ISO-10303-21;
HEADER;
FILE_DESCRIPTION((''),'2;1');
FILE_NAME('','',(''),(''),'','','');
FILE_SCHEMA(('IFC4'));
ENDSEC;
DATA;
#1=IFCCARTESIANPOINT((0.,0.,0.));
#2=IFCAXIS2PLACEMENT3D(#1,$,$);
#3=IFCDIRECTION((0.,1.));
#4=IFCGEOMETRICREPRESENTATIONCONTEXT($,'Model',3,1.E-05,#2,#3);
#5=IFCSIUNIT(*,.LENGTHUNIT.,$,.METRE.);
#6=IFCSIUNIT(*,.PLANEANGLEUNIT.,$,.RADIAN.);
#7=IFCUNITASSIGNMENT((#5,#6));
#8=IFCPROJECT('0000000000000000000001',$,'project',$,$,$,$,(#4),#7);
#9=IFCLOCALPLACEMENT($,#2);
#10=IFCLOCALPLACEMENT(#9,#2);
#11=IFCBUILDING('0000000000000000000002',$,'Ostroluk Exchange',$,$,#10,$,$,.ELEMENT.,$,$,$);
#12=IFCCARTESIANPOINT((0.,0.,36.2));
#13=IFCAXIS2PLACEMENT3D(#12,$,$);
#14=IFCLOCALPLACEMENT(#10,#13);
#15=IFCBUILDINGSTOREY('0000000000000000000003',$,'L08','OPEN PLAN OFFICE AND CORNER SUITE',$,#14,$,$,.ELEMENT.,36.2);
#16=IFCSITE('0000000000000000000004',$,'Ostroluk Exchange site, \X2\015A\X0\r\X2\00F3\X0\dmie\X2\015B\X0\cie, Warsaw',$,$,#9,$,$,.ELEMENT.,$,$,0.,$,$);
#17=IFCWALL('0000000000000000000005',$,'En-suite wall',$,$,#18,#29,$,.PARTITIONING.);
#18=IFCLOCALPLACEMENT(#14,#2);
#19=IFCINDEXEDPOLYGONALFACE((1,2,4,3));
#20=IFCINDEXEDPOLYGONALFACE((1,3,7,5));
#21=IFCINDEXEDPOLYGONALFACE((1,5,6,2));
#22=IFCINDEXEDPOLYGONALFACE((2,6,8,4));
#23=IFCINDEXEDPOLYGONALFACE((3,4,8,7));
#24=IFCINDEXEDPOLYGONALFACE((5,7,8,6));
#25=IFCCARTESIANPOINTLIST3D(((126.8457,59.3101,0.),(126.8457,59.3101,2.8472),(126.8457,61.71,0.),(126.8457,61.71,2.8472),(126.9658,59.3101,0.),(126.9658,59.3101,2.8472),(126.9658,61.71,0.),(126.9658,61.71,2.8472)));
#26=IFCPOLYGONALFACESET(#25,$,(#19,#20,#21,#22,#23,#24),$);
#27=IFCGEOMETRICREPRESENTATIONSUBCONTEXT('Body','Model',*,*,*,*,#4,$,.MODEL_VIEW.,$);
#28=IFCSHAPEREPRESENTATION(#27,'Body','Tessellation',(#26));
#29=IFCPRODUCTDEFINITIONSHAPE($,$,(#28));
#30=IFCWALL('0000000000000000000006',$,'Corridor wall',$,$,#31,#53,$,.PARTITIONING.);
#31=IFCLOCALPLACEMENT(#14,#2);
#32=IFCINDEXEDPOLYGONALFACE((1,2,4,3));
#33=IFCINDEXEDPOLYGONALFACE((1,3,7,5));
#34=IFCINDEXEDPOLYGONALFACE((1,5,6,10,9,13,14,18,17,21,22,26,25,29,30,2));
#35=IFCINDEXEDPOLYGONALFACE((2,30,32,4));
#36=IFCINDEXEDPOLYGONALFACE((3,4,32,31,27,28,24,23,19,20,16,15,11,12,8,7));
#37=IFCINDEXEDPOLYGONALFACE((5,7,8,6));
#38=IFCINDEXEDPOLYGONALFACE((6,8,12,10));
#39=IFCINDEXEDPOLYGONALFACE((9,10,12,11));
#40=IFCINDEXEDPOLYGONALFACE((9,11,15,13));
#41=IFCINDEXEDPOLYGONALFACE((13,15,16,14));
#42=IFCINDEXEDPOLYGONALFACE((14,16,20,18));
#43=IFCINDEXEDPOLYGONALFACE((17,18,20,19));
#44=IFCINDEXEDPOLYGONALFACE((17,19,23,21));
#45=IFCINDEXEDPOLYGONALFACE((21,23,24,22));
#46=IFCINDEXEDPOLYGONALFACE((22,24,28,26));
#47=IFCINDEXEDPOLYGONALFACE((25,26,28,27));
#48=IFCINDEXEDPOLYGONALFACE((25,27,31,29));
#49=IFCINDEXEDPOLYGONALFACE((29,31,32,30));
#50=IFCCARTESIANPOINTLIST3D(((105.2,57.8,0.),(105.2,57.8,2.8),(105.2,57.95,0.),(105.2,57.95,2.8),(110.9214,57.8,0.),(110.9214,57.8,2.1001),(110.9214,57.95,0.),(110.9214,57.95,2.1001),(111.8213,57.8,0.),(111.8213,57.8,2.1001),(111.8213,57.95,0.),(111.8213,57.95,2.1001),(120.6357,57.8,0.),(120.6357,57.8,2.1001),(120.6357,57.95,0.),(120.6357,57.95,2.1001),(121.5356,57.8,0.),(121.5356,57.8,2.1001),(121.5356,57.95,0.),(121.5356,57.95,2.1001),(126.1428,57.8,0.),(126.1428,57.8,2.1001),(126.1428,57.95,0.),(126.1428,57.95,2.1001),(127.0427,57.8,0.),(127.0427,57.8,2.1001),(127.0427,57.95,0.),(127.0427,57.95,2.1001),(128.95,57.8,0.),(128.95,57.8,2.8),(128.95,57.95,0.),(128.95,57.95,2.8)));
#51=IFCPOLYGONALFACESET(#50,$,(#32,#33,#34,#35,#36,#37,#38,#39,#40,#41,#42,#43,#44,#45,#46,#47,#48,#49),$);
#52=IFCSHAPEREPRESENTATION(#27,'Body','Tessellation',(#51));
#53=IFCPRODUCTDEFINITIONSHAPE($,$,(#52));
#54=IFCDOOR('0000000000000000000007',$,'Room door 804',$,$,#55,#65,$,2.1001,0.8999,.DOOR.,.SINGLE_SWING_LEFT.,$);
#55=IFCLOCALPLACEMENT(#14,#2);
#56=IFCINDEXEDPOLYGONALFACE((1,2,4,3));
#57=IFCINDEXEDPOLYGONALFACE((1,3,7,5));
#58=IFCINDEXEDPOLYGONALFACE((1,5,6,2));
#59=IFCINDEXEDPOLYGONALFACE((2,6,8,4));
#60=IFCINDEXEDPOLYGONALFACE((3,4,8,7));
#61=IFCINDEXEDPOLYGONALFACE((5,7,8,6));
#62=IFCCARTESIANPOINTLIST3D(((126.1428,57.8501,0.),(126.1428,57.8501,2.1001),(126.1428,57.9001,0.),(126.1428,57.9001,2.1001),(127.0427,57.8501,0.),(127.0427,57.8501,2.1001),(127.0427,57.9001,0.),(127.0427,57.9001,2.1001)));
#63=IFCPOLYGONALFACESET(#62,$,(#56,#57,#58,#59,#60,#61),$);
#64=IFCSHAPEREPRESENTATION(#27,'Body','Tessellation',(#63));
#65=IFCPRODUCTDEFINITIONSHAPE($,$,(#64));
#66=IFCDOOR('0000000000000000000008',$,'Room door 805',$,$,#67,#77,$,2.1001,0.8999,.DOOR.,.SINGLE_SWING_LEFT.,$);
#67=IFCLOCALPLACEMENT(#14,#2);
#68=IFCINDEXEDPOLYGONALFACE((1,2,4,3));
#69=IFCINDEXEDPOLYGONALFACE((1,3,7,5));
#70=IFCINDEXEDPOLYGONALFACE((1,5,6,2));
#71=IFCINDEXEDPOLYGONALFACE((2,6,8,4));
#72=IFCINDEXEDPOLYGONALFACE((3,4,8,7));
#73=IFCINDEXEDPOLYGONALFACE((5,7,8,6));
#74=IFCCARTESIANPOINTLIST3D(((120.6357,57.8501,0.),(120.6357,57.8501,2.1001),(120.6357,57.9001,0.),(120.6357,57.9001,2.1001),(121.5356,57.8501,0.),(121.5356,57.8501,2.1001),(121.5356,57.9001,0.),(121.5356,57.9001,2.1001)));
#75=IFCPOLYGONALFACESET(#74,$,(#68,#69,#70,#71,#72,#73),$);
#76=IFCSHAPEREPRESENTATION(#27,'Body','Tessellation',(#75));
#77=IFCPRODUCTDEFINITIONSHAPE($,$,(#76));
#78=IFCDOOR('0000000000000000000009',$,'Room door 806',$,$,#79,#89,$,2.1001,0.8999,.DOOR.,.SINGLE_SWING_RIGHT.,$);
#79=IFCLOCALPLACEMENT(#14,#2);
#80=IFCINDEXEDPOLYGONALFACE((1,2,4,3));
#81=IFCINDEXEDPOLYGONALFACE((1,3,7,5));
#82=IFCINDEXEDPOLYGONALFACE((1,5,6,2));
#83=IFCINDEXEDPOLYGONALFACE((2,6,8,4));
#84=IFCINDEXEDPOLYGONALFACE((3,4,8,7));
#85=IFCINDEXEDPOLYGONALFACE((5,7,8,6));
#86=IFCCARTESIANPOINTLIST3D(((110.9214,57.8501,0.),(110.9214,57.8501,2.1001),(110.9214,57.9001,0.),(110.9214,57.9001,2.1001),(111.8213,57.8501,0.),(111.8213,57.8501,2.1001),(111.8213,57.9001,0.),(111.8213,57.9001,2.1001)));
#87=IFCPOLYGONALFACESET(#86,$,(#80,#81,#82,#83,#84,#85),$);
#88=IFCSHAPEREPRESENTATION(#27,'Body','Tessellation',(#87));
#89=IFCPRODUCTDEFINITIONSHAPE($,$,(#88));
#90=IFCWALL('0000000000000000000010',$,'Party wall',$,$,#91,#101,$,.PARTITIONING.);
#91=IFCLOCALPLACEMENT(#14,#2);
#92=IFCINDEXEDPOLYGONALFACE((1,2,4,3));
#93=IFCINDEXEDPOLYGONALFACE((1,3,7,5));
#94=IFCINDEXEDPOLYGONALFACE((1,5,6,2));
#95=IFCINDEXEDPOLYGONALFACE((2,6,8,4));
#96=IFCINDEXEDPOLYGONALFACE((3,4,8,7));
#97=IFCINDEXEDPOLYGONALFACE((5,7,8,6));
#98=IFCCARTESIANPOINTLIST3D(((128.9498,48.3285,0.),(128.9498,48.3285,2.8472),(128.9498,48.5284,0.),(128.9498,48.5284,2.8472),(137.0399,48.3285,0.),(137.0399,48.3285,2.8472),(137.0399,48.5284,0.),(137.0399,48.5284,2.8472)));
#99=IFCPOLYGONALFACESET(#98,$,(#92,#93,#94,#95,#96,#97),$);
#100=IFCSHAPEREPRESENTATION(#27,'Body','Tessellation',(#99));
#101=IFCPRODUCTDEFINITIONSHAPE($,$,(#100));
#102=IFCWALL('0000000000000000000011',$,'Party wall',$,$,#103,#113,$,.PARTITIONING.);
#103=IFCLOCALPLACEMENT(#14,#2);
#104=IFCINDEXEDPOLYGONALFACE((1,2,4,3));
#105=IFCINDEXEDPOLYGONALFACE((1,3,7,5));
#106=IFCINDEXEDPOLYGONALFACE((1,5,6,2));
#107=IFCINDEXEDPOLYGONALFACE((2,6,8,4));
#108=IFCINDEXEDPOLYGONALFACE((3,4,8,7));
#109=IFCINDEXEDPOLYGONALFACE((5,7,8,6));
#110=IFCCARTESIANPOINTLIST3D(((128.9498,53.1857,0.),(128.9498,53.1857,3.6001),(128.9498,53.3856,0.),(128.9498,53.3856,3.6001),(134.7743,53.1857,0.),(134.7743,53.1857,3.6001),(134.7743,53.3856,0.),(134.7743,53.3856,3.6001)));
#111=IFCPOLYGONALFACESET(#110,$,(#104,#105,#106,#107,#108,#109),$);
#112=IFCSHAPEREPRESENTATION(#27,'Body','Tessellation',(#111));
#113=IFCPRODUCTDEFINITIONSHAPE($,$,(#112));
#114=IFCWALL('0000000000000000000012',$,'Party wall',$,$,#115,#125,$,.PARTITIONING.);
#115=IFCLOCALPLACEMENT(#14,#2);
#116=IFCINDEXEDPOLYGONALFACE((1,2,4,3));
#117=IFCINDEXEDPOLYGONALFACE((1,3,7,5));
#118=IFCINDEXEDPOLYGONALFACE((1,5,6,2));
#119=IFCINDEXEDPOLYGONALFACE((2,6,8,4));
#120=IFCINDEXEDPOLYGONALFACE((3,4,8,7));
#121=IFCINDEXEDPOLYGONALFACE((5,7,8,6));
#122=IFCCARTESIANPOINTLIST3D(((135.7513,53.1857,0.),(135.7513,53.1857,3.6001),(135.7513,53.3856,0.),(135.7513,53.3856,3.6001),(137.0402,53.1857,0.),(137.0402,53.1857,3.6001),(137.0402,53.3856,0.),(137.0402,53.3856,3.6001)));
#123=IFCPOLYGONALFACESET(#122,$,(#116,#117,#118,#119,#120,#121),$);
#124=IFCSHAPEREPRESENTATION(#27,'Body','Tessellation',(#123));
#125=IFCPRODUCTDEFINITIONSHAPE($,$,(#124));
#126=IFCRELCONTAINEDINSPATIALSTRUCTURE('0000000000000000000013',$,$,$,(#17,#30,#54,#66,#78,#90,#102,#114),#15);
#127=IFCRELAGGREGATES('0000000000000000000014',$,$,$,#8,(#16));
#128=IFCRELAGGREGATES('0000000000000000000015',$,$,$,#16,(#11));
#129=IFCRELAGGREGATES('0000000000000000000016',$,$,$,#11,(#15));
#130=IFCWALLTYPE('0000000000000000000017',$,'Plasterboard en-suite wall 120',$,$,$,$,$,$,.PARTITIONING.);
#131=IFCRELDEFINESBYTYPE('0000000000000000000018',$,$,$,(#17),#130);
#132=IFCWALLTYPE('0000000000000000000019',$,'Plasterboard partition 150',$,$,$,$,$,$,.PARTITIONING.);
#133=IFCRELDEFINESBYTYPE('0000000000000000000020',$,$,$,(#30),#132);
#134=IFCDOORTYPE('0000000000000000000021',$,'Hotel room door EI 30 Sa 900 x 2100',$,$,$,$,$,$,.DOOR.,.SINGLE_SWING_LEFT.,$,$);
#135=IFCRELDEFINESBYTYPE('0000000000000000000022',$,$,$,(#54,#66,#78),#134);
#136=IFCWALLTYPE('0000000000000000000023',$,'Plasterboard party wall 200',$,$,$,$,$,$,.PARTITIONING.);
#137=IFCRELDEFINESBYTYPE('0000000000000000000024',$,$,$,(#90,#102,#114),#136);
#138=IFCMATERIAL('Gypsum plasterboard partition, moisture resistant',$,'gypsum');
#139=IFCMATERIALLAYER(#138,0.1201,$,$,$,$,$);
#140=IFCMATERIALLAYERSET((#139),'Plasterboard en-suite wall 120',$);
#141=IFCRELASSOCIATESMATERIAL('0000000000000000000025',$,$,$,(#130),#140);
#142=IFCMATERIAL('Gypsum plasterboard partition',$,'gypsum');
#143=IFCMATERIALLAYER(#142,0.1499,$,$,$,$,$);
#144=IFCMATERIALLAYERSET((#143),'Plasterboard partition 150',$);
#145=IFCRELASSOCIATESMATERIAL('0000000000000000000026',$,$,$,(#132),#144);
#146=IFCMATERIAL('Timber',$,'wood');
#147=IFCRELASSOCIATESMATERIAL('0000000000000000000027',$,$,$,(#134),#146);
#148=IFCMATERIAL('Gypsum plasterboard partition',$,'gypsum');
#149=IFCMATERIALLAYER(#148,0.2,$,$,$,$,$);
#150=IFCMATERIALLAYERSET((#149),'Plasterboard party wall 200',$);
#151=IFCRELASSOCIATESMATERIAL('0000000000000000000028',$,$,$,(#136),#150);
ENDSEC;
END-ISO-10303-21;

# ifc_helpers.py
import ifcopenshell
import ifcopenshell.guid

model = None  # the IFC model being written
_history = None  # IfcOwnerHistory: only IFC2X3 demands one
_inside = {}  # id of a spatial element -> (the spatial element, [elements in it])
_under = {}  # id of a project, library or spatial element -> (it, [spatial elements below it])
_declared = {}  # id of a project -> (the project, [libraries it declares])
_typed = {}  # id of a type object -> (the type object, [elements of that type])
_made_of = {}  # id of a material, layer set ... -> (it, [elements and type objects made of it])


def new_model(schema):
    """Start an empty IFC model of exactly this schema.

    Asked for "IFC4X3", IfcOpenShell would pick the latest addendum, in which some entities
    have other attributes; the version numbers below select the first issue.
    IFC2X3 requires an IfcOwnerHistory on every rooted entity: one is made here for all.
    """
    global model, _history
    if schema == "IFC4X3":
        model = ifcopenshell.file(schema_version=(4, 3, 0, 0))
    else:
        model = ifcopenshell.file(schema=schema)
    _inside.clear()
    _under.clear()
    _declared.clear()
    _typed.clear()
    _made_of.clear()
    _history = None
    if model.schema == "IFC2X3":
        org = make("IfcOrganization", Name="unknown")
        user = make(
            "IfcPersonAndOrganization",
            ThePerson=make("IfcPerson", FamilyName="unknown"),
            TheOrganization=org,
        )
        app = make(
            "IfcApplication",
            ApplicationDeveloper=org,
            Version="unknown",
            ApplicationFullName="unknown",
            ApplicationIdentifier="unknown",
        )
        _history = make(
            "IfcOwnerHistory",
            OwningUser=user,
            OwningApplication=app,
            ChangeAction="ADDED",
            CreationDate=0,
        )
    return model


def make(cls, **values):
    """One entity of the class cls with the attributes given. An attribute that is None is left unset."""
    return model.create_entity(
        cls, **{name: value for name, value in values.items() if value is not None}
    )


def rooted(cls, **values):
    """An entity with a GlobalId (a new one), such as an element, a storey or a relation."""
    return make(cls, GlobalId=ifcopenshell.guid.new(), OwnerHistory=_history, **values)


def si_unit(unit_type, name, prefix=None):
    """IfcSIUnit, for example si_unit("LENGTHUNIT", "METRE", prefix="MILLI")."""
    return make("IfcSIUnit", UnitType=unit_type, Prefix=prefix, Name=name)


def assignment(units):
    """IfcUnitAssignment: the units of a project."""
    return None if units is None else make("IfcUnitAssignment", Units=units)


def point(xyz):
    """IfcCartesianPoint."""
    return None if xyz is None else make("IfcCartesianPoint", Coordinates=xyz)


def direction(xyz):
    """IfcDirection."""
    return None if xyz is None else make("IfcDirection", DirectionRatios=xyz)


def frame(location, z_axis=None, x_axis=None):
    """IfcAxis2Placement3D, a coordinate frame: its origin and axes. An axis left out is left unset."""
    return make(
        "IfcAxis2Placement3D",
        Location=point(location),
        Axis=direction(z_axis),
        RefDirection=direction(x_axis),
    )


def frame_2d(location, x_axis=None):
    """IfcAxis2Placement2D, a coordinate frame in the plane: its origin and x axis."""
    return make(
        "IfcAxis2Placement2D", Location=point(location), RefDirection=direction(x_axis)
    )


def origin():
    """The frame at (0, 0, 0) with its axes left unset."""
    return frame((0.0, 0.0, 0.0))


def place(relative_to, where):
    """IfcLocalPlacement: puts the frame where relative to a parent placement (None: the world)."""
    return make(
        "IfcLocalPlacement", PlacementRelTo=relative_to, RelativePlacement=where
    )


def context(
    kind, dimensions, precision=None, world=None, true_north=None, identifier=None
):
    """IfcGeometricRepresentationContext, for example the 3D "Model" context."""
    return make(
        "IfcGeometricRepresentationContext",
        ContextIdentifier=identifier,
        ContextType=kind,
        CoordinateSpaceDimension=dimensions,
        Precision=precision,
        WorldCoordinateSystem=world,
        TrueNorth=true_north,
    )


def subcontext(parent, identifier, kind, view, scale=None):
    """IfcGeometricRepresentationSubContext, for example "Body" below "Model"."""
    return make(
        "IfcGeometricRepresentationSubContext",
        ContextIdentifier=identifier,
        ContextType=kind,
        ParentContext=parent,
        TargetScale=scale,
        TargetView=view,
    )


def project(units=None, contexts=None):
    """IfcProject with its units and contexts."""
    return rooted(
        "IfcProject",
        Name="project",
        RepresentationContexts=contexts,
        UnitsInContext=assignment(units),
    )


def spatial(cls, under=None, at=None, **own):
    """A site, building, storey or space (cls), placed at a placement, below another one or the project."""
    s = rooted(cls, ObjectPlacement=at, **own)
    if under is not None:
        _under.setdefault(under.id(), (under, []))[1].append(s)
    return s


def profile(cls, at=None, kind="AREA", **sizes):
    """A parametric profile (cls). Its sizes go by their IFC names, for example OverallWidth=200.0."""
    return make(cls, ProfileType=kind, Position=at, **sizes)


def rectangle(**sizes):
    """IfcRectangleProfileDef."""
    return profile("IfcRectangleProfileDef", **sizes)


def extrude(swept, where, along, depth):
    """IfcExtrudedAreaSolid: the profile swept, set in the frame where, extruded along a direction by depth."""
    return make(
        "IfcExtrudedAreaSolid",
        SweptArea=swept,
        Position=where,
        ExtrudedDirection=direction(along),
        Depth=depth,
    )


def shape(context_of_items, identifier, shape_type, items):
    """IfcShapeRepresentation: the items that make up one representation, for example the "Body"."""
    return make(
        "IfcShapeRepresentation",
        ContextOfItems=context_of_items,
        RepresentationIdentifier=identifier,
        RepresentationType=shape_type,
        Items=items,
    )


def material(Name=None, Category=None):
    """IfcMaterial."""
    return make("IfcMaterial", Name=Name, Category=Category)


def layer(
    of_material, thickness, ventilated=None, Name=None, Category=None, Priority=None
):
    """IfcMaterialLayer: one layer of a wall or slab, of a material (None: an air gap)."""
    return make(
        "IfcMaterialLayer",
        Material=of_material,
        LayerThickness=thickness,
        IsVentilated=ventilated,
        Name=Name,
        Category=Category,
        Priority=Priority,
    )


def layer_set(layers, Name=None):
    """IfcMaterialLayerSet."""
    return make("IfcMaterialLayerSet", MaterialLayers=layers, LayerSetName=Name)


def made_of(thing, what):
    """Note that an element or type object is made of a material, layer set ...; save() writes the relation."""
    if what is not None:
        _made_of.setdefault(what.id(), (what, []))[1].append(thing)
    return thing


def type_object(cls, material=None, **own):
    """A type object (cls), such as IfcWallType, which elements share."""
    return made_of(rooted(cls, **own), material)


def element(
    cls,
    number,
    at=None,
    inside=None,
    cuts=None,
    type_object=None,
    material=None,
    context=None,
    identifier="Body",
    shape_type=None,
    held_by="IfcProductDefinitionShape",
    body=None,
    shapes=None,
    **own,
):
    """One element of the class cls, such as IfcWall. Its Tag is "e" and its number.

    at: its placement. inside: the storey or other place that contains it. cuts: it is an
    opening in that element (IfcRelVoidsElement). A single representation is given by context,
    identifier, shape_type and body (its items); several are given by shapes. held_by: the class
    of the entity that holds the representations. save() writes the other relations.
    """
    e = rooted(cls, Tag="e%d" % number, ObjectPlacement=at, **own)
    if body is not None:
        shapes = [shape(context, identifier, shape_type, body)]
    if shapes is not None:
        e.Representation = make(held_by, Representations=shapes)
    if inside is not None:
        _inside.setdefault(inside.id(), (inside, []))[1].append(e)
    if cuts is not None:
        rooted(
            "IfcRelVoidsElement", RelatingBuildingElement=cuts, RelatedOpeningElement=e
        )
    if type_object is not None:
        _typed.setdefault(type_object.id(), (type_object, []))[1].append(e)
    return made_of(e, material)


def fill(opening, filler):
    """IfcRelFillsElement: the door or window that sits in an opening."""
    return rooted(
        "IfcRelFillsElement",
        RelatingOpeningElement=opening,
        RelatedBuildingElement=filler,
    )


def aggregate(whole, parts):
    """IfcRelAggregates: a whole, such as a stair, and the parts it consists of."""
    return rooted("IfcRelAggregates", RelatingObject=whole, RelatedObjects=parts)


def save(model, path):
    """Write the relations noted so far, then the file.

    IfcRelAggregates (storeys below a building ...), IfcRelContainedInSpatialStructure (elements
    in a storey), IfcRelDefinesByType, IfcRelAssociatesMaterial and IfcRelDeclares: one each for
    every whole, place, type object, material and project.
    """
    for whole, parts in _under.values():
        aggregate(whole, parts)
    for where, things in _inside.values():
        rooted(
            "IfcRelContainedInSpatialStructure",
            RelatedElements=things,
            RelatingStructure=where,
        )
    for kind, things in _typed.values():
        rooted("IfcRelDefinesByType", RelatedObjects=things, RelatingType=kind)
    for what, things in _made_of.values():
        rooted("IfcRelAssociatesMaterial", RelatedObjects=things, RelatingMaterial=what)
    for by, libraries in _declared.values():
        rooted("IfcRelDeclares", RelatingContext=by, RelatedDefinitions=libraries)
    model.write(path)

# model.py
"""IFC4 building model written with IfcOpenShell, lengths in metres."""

from ifc_helpers import new_model, si_unit, direction, frame, frame_2d, origin, place, context, subcontext, project, spatial, rectangle, extrude, material, layer, layer_set, type_object, element, fill, save


model = new_model("IFC4")

# Units and contexts
model_context = context("Model", 3, precision=1e-05, world=origin(), true_north=direction((0.0, 1.0)))
body_context = subcontext(model_context, "Body", "Model", "MODEL_VIEW")
ifc_project = project(units=[si_unit("LENGTHUNIT", "METRE"), si_unit("PLANEANGLEUNIT", "RADIAN")], contexts=[model_context])

# Site, building, storey
site_placement = place(None, origin())
site = spatial("IfcSite", under=ifc_project, at=site_placement, Name="Ostroluk Exchange site, Śródmieście, Warsaw", CompositionType="ELEMENT", RefElevation=0.0)
building_placement = place(site_placement, origin())
building = spatial("IfcBuilding", under=site, at=building_placement, Name="Ostroluk Exchange", CompositionType="ELEMENT")
storey_placement = place(building_placement, frame((0.0, 0.0, 36.2)))
storey = spatial("IfcBuildingStorey", under=building, at=storey_placement, Name="L08", Description="OPEN PLAN OFFICE AND CORNER SUITE", CompositionType="ELEMENT", Elevation=36.2)

# Shared definitions
ifc_material_1 = material(Name="Gypsum plasterboard partition, moisture resistant", Category="gypsum")
ifc_layer_1 = layer(ifc_material_1, 0.1201)
ifc_layer_set_1 = layer_set([ifc_layer_1], Name="Plasterboard en-suite wall 120")
wall_type_1 = type_object("IfcWallType", Name="Plasterboard en-suite wall 120", PredefinedType="PARTITIONING", material=ifc_layer_set_1)

# Wall
wall_1_placement = place(storey_placement, frame((126.9058, 59.3101, 0.0), z_axis=(0.0, 0.0, 1.0), x_axis=(0.0, 1.0, 0.0)))
element("IfcWall", 1, at=wall_1_placement, inside=storey, type_object=wall_type_1, Name="En-suite wall", PredefinedType="PARTITIONING", context=body_context, shape_type="SweptSolid", body=[
    extrude(rectangle(XDim=2.3999, YDim=0.1201, at=frame_2d((1.2, 0.0))), origin(), (0.0, 0.0, 1.0), 2.8472),
])

# Wall, openings, doors
ifc_material_2 = material(Name="Gypsum plasterboard partition", Category="gypsum")
ifc_layer_2 = layer(ifc_material_2, 0.1499)
ifc_layer_set_2 = layer_set([ifc_layer_2], Name="Plasterboard partition 150")
wall_type_2 = type_object("IfcWallType", Name="Plasterboard partition 150", PredefinedType="PARTITIONING", material=ifc_layer_set_2)
wall_2_placement = place(storey_placement, frame((128.95, 57.875, 0.0), z_axis=(0.0, 0.0, 1.0), x_axis=(-1.0, 0.0, 0.0)))
wall_2 = element("IfcWall", 2, at=wall_2_placement, inside=storey, type_object=wall_type_2, Name="Corridor wall", PredefinedType="PARTITIONING", context=body_context, shape_type="SweptSolid", body=[
    extrude(rectangle(XDim=23.75, YDim=0.1499, at=frame_2d((11.875, 0.0))), origin(), (0.0, 0.0, 1.0), 2.8),
])
opening_1_placement = place(wall_2_placement, frame((1.9072, 0.0, 0.0)))
opening_1 = element("IfcOpeningElement", 3, at=opening_1_placement, cuts=wall_2, PredefinedType="OPENING", context=body_context, shape_type="SweptSolid", body=[
    extrude(rectangle(XDim=0.8999, YDim=2.1001, at=frame_2d((0.45, 1.05))), frame((0.0, 0.085, 0.0), z_axis=(0.0, -1.0, 0.0), x_axis=(1.0, 0.0, 0.0)), (0.0, 0.0, 1.0), 0.1699),
])
opening_2_placement = place(wall_2_placement, frame((7.4143, 0.0, 0.0)))
opening_2 = element("IfcOpeningElement", 4, at=opening_2_placement, cuts=wall_2, PredefinedType="OPENING", context=body_context, shape_type="SweptSolid", body=[
    extrude(rectangle(XDim=0.8999, YDim=2.1001, at=frame_2d((0.45, 1.05))), frame((0.0, 0.085, 0.0), z_axis=(0.0, -1.0, 0.0), x_axis=(1.0, 0.0, 0.0)), (0.0, 0.0, 1.0), 0.1699),
])
opening_3_placement = place(wall_2_placement, frame((17.1287, 0.0, 0.0)))
opening_3 = element("IfcOpeningElement", 5, at=opening_3_placement, cuts=wall_2, PredefinedType="OPENING", context=body_context, shape_type="SweptSolid", body=[
    extrude(rectangle(XDim=0.8999, YDim=2.1001, at=frame_2d((0.45, 1.05))), frame((0.0, 0.085, 0.0), z_axis=(0.0, -1.0, 0.0), x_axis=(1.0, 0.0, 0.0)), (0.0, 0.0, 1.0), 0.1699),
])
ifc_material_3 = material(Name="Timber", Category="wood")
door_type_1 = type_object("IfcDoorType", Name="Hotel room door EI 30 Sa 900 x 2100", OperationType="SINGLE_SWING_LEFT", PredefinedType="DOOR", material=ifc_material_3)
door_1_placement = place(opening_1_placement, origin())
door_1 = element("IfcDoor", 6, at=door_1_placement, inside=storey, type_object=door_type_1, Name="Room door 804", OperationType="SINGLE_SWING_LEFT", OverallHeight=2.1001, OverallWidth=0.8999, PredefinedType="DOOR", context=body_context, shape_type="SweptSolid", body=[
    extrude(rectangle(XDim=0.8999, YDim=2.1001, at=frame_2d((0.45, 1.05))), frame((0.0, 0.0249, 0.0), z_axis=(0.0, -1.0, 0.0), x_axis=(1.0, 0.0, 0.0)), (0.0, 0.0, 1.0), 0.05),
])
fill(opening_1, door_1)
door_2_placement = place(opening_2_placement, origin())
door_2 = element("IfcDoor", 7, at=door_2_placement, inside=storey, type_object=door_type_1, Name="Room door 805", OperationType="SINGLE_SWING_LEFT", OverallHeight=2.1001, OverallWidth=0.8999, PredefinedType="DOOR", context=body_context, shape_type="SweptSolid", body=[
    extrude(rectangle(XDim=0.8999, YDim=2.1001, at=frame_2d((0.45, 1.05))), frame((0.0, 0.0249, 0.0), z_axis=(0.0, -1.0, 0.0), x_axis=(1.0, 0.0, 0.0)), (0.0, 0.0, 1.0), 0.05),
])
fill(opening_2, door_2)
door_3_placement = place(opening_3_placement, origin())
door_3 = element("IfcDoor", 8, at=door_3_placement, inside=storey, type_object=door_type_1, Name="Room door 806", OperationType="SINGLE_SWING_RIGHT", OverallHeight=2.1001, OverallWidth=0.8999, PredefinedType="DOOR", context=body_context, shape_type="SweptSolid", body=[
    extrude(rectangle(XDim=0.8999, YDim=2.1001, at=frame_2d((0.45, 1.05))), frame((0.0, 0.0249, 0.0), z_axis=(0.0, -1.0, 0.0), x_axis=(1.0, 0.0, 0.0)), (0.0, 0.0, 1.0), 0.05),
])
fill(opening_3, door_3)

# Walls
ifc_material_4 = material(Name="Gypsum plasterboard partition", Category="gypsum")
ifc_layer_3 = layer(ifc_material_4, 0.2)
ifc_layer_set_3 = layer_set([ifc_layer_3], Name="Plasterboard party wall 200")
wall_type_3 = type_object("IfcWallType", Name="Plasterboard party wall 200", PredefinedType="PARTITIONING", material=ifc_layer_set_3)
wall_3_placement = place(storey_placement, frame((128.95, 48.4285, 0.0), z_axis=(0.0, 0.0, 1.0), x_axis=(1.0, 0.0, 0.0)))
element("IfcWall", 9, at=wall_3_placement, inside=storey, type_object=wall_type_3, Name="Party wall", PredefinedType="PARTITIONING", context=body_context, shape_type="SweptSolid", body=[
    extrude(rectangle(XDim=8.0901, YDim=0.2, at=frame_2d((4.0449, 0.0))), origin(), (0.0, 0.0, 1.0), 2.8472),
])
wall_4_placement = place(storey_placement, frame((128.95, 53.2856, 0.0), z_axis=(0.0, 0.0, 1.0), x_axis=(1.0, 0.0, 0.0)))
element("IfcWall", 10, at=wall_4_placement, inside=storey, type_object=wall_type_3, Name="Party wall", PredefinedType="PARTITIONING", context=body_context, shape_type="SweptSolid", body=[
    extrude(rectangle(XDim=5.8245, YDim=0.2, at=frame_2d((2.9121, 0.0))), origin(), (0.0, 0.0, 1.0), 3.6001),
])
wall_5_placement = place(storey_placement, frame((135.7512, 53.2856, 0.0), z_axis=(0.0, 0.0, 1.0), x_axis=(1.0, 0.0, 0.0)))
element("IfcWall", 11, at=wall_5_placement, inside=storey, type_object=wall_type_3, Name="Party wall", PredefinedType="PARTITIONING", context=body_context, shape_type="SweptSolid", body=[
    extrude(rectangle(XDim=1.2888, YDim=0.2, at=frame_2d((0.6445, 0.0))), origin(), (0.0, 0.0, 1.0), 3.6001),
])

save(model, "model.ifc")
